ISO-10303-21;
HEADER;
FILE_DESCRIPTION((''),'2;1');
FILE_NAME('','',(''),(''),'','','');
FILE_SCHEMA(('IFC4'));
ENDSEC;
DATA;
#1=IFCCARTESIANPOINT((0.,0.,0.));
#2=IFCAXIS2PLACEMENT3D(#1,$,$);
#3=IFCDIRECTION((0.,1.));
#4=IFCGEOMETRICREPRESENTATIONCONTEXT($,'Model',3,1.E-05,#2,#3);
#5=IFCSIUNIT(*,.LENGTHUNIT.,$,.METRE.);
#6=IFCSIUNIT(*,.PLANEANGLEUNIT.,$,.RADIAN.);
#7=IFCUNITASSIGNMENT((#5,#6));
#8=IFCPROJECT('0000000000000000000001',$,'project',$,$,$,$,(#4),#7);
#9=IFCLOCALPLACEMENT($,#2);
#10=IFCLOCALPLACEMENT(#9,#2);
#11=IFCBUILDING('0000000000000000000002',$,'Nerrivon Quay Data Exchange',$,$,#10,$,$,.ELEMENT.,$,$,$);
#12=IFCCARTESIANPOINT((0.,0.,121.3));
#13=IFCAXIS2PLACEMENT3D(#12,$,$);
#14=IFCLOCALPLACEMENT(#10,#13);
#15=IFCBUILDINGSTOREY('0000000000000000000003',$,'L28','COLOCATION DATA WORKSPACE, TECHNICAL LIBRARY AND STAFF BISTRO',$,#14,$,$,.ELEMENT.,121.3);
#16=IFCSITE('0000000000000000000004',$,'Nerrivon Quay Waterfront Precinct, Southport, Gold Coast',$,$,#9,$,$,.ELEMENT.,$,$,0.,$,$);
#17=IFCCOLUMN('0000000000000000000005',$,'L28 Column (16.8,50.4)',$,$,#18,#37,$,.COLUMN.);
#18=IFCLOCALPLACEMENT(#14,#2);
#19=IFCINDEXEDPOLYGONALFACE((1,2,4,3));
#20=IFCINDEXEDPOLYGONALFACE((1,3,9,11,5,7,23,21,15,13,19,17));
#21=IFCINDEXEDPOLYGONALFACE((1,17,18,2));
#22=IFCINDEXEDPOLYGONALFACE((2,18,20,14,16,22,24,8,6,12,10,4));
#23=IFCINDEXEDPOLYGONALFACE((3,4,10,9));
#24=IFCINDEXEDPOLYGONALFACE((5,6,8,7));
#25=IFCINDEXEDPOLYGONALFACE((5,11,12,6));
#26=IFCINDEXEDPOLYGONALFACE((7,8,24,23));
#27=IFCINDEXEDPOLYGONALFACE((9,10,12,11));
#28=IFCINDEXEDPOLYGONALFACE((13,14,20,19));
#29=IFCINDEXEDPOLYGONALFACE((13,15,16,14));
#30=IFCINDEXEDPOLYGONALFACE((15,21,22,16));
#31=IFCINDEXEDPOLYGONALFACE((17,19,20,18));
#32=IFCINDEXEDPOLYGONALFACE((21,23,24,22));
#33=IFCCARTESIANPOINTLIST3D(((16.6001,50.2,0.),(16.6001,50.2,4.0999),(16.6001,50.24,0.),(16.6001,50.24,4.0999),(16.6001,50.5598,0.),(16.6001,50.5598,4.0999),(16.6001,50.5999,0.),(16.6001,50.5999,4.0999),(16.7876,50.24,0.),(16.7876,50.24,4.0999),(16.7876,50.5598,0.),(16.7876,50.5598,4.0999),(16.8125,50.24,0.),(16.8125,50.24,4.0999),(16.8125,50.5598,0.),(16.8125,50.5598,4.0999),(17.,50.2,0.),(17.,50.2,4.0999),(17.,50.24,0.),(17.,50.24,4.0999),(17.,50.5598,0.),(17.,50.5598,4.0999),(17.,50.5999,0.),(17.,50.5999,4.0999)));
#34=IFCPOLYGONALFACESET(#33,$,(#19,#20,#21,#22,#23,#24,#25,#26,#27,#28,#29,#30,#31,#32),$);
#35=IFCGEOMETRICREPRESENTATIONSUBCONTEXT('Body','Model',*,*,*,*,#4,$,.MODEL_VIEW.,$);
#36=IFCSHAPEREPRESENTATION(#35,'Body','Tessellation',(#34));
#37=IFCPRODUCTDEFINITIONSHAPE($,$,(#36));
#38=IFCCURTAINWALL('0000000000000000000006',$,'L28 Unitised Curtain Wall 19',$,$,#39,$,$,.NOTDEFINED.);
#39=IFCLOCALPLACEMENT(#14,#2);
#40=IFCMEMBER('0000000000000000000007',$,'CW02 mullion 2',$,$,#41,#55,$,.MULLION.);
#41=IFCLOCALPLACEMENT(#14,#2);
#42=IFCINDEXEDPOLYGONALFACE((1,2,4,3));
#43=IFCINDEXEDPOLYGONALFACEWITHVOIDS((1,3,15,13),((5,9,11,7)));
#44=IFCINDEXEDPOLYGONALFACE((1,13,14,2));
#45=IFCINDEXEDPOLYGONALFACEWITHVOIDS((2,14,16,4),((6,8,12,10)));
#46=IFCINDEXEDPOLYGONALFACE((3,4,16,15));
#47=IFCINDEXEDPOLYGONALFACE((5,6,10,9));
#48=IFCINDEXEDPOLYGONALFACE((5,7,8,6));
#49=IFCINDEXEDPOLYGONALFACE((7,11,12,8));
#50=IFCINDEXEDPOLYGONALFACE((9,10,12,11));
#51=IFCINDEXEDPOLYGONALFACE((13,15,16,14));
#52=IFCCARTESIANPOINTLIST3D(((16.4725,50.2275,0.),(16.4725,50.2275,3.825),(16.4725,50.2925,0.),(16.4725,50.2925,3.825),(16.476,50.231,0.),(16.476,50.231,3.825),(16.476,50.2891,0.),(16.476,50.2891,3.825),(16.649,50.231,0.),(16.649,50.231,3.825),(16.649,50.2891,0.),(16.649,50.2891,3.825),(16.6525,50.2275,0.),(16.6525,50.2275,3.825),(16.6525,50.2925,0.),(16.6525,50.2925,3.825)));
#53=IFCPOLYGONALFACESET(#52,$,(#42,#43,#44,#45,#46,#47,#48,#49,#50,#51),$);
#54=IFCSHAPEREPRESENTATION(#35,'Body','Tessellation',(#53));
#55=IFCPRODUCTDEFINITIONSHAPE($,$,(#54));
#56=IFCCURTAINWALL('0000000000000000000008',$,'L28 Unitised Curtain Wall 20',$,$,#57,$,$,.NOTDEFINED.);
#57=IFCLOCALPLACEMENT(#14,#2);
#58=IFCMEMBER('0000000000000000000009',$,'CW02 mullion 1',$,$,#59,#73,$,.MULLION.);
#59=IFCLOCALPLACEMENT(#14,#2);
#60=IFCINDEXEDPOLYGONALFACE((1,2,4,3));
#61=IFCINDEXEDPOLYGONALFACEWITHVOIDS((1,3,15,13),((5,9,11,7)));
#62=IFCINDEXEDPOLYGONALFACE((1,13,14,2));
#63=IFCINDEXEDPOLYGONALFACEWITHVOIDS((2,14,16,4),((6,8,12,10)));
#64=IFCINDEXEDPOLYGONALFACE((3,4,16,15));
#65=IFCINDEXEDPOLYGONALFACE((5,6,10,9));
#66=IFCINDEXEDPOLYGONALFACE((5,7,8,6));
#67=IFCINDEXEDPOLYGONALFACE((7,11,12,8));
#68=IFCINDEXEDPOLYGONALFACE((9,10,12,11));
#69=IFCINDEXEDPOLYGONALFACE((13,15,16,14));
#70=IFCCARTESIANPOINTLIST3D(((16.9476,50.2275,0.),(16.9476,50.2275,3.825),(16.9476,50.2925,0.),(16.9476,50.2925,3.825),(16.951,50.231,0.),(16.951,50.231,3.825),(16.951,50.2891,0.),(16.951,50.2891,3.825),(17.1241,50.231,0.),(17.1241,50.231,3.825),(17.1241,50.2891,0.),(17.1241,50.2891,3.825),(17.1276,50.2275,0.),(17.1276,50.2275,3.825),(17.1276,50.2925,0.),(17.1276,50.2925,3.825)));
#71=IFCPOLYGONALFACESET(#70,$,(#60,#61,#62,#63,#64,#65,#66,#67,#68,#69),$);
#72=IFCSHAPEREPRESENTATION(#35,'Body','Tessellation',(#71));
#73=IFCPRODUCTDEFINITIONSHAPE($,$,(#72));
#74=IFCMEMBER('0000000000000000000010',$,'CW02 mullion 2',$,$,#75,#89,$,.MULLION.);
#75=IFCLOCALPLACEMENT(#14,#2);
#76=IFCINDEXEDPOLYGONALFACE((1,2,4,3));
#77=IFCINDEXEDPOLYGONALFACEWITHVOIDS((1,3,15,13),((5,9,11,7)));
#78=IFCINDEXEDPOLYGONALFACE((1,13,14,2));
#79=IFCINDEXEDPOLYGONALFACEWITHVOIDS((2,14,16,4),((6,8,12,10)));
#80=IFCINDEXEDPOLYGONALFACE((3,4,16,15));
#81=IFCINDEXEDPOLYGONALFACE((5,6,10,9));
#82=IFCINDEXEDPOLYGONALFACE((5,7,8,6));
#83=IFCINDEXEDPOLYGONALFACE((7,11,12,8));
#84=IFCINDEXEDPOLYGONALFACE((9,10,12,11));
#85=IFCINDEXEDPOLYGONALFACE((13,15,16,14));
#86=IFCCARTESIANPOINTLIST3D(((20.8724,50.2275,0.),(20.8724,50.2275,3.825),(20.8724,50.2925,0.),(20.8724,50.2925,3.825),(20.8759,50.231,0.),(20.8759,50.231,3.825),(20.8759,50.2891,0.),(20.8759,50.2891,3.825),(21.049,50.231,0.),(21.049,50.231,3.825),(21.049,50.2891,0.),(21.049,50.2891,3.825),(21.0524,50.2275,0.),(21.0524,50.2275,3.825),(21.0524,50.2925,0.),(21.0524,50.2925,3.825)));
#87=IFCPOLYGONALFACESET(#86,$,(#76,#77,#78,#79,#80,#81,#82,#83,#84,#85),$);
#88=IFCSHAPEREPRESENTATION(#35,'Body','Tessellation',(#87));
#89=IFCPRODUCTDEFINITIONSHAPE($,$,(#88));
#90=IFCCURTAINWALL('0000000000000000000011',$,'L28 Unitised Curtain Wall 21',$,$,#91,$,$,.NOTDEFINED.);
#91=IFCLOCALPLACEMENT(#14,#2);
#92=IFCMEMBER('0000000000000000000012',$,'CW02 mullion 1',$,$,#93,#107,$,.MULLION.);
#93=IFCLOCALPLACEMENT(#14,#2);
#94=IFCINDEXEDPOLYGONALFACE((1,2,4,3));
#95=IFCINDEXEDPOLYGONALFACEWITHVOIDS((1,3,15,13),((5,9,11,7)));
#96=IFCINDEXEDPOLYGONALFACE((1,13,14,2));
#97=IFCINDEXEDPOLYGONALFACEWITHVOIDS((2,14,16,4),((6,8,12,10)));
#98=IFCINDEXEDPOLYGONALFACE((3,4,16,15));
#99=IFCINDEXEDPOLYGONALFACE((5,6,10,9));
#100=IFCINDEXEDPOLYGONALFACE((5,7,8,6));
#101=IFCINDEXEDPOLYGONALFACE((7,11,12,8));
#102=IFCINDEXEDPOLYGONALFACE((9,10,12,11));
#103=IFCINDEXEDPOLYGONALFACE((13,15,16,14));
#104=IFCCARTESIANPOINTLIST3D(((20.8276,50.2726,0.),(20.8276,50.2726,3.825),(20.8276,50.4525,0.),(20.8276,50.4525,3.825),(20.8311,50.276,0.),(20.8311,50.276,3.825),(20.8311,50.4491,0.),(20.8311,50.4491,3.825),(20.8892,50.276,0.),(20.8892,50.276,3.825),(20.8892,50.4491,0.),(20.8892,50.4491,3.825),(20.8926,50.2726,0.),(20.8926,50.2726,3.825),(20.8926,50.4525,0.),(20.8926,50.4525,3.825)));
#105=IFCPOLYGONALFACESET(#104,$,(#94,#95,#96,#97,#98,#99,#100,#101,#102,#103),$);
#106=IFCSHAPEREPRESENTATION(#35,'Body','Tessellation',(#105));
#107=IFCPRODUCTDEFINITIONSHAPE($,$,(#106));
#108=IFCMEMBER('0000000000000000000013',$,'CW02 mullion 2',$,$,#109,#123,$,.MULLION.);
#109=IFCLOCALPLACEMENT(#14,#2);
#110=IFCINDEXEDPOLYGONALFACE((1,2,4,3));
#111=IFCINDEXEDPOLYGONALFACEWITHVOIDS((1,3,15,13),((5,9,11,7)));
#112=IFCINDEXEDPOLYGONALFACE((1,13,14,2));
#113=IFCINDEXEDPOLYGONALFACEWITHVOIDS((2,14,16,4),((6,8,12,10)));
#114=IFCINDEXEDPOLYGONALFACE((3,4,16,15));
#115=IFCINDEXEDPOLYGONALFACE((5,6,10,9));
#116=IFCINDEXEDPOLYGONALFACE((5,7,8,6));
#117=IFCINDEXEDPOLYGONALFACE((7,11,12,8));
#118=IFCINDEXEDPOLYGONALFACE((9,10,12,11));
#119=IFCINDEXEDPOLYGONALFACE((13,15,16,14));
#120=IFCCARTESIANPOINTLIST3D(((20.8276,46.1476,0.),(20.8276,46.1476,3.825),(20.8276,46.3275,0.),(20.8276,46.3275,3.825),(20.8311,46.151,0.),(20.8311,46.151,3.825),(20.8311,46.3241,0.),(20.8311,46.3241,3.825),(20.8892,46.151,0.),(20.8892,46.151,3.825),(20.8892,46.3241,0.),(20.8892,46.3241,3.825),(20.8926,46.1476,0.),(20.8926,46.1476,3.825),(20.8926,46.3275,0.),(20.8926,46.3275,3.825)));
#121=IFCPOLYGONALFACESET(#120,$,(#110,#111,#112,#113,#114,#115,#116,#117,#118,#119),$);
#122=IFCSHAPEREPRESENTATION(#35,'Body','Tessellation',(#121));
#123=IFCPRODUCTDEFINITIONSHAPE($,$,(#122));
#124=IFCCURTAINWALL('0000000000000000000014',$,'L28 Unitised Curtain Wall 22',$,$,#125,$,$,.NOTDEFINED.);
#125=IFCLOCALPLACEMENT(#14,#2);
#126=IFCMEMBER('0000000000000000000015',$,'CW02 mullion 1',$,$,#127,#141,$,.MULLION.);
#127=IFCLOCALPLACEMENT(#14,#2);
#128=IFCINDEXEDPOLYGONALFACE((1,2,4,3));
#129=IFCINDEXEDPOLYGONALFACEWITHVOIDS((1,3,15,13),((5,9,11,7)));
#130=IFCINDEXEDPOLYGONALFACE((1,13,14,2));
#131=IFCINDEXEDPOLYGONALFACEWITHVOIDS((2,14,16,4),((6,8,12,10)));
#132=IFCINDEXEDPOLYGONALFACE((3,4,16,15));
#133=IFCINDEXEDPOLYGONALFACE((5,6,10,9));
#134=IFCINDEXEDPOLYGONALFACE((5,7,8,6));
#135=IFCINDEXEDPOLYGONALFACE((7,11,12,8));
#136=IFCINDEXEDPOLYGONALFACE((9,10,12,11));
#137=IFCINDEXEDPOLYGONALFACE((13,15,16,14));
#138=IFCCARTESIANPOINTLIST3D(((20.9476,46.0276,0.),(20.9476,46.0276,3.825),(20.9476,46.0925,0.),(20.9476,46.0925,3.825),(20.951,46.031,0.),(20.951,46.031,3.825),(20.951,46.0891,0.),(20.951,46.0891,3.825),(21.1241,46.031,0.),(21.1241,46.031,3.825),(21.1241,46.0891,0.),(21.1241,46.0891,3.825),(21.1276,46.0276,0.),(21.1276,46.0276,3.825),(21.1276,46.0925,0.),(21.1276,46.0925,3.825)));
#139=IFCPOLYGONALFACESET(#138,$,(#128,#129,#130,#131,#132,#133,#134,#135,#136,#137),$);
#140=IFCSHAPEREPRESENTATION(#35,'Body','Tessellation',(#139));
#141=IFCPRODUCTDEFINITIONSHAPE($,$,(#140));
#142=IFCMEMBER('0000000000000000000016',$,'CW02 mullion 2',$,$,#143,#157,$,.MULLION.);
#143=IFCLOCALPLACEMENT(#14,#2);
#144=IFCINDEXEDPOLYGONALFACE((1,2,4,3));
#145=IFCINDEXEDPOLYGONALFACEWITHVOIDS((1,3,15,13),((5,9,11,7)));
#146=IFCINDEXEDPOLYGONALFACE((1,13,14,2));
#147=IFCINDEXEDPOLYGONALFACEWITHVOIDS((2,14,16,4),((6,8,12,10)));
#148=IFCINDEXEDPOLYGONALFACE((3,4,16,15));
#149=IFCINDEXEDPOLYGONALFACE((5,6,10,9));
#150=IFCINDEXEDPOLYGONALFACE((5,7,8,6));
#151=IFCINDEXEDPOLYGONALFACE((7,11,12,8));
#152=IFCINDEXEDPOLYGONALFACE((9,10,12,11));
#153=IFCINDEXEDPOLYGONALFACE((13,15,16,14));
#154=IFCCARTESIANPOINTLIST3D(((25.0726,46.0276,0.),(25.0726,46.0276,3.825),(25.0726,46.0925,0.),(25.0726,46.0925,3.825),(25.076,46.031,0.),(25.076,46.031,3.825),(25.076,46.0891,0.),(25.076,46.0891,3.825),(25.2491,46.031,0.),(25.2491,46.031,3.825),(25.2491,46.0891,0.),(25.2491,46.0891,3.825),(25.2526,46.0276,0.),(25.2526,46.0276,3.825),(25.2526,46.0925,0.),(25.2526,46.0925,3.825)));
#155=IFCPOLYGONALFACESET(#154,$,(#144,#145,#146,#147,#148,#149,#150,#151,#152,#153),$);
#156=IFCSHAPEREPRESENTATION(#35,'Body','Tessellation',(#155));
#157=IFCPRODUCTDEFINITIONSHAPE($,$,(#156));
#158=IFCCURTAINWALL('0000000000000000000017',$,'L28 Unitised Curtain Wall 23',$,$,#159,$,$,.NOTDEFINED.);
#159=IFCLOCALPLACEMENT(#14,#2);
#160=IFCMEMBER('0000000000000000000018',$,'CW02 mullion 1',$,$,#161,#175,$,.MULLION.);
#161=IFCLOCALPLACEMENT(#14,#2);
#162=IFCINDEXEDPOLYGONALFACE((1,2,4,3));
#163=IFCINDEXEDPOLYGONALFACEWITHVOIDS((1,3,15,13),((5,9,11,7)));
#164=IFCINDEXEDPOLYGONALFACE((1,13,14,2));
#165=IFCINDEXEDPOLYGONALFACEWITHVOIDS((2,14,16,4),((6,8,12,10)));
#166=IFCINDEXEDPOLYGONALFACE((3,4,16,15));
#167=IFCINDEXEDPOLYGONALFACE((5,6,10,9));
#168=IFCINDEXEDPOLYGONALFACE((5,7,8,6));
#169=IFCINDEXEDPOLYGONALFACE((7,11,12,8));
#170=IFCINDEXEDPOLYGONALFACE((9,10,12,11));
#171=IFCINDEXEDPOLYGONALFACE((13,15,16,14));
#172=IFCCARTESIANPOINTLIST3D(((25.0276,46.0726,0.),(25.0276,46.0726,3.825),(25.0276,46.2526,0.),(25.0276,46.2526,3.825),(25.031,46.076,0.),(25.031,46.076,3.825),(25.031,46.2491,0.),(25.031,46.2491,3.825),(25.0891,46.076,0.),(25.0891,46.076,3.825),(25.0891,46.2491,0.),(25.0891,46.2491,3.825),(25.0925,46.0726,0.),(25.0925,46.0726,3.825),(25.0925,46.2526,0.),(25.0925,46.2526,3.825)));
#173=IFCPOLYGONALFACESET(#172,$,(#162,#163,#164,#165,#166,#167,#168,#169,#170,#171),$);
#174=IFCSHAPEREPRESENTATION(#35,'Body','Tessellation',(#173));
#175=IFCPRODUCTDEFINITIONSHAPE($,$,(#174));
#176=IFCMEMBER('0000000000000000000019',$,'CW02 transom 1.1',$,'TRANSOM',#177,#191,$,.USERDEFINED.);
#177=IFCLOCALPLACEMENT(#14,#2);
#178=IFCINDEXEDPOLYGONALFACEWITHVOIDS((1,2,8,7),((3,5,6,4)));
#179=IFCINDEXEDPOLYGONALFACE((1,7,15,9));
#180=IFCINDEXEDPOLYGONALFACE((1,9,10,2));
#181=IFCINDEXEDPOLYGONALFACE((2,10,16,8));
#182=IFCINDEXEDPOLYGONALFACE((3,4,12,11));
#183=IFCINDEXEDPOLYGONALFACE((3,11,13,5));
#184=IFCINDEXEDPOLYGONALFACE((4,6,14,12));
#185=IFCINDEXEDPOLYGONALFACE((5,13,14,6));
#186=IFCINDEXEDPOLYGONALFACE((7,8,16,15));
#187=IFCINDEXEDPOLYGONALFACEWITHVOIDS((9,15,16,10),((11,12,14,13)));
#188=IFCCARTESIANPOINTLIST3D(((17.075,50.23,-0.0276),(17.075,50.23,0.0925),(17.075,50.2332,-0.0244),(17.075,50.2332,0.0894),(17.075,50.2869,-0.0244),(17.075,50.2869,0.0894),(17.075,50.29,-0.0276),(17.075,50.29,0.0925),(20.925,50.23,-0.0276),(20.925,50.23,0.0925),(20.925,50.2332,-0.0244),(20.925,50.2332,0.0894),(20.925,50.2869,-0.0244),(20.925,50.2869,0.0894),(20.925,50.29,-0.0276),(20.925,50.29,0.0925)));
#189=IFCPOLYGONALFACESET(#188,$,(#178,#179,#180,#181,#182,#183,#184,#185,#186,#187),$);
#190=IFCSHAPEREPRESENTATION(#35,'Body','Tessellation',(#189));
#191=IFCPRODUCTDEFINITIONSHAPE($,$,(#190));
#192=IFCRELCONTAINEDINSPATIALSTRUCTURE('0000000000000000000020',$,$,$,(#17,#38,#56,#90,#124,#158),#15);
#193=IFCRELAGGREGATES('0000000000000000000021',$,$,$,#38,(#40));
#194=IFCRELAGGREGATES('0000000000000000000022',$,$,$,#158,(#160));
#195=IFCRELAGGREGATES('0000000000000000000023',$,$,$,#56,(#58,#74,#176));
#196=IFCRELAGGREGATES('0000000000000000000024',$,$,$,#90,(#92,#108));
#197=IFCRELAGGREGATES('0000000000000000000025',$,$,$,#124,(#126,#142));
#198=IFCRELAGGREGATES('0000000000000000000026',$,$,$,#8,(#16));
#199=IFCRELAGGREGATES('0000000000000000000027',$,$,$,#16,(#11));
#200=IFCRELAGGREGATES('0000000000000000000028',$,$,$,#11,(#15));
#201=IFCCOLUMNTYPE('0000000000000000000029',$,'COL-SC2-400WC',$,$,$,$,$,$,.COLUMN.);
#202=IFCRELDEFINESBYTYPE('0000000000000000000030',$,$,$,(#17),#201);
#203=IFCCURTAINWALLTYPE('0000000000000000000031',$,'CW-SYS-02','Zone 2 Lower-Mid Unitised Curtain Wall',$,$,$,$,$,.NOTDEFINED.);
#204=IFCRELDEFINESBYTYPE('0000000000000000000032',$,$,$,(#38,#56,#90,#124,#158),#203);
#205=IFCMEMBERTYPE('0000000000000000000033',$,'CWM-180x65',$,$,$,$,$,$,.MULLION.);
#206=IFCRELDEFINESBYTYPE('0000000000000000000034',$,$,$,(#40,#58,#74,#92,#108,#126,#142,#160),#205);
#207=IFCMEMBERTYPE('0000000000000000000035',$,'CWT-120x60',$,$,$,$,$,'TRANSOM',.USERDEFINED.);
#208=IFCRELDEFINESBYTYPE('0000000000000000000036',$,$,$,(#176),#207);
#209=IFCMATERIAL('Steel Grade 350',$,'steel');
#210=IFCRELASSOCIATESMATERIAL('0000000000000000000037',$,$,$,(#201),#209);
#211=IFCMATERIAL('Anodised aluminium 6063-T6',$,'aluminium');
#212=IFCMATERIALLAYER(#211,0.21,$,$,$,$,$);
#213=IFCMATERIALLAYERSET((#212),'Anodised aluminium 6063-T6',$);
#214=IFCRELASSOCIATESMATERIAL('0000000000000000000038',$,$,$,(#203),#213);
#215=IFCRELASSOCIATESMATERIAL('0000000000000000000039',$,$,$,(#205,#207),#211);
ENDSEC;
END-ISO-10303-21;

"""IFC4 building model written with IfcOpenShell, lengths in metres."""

from ifc_helpers import new_model, si_unit, direction, frame, origin, origin_2d, place, context, subcontext, project, spatial, hollow_rectangle, i_section, extrude, material, layer, layer_set, material_profile, profile_set, type_object, element, aggregate, save


model = new_model("IFC4")

# Units and contexts
model_context = context("Model", 3, precision=1e-05, world=origin(), true_north=direction((0.0, 1.0)))
body_context = subcontext(model_context, "Body", "Model", "MODEL_VIEW")
ifc_project = project(units=[si_unit("LENGTHUNIT", "METRE"), si_unit("PLANEANGLEUNIT", "RADIAN")], contexts=[model_context])

# Site, building, storey
site_placement = place(None, origin())
site = spatial("IfcSite", under=ifc_project, at=site_placement, Name="Nerrivon Quay Waterfront Precinct, Southport, Gold Coast", CompositionType="ELEMENT", RefElevation=0.0)
building_placement = place(site_placement, origin())
building = spatial("IfcBuilding", under=site, at=building_placement, Name="Nerrivon Quay Data Exchange", CompositionType="ELEMENT")
storey_placement = place(building_placement, frame((0.0, 0.0, 121.3)))
storey = spatial("IfcBuildingStorey", under=building, at=storey_placement, Name="L28", Description="COLOCATION DATA WORKSPACE, TECHNICAL LIBRARY AND STAFF BISTRO", CompositionType="ELEMENT", Elevation=121.3)

# Column
ifc_material_1 = material(Name="Steel Grade 350", Category="steel")
ifc_material_profile_1 = material_profile(ifc_material_1, i_section(OverallWidth=0.3999, OverallDepth=0.3999, WebThickness=0.0249, FlangeThickness=0.04, at=origin_2d()), Name="400WC328")
ifc_profile_set_1 = profile_set([ifc_material_profile_1], Name="Steel Grade 350")
column_type = type_object("IfcColumnType", Name="COL-SC2-400WC", PredefinedType="COLUMN", material=ifc_profile_set_1)
column_placement = place(storey_placement, frame((16.8, 50.3999, 0.0), z_axis=(0.0, 0.0, 1.0), x_axis=(1.0, 0.0, 0.0)))
element("IfcColumn", 1, at=column_placement, inside=storey, type_object=column_type, Name="L28 Column (16.8,50.4)", PredefinedType="COLUMN", context=body_context, shape_type="SweptSolid", body=[
    extrude(i_section(OverallWidth=0.3999, OverallDepth=0.3999, WebThickness=0.0249, FlangeThickness=0.04, at=origin_2d()), origin(), (0.0, 0.0, 1.0), 4.0999),
])

# Curtain wall, member
ifc_material_2 = material(Name="Anodised aluminium 6063-T6", Category="aluminium")
ifc_layer_1 = layer(ifc_material_2, 0.21)
ifc_layer_set_1 = layer_set([ifc_layer_1], Name="Anodised aluminium 6063-T6")
curtain_wall_type = type_object("IfcCurtainWallType", Name="CW-SYS-02", Description="Zone 2 Lower-Mid Unitised Curtain Wall", PredefinedType="NOTDEFINED", material=ifc_layer_set_1)
curtain_wall_1_placement = place(storey_placement, origin())
curtain_wall_1 = element("IfcCurtainWall", 2, at=curtain_wall_1_placement, inside=storey, type_object=curtain_wall_type, Name="L28 Unitised Curtain Wall 19", PredefinedType="NOTDEFINED")
ifc_material_profile_2 = material_profile(ifc_material_2, hollow_rectangle(XDim=0.0649, YDim=0.1799, WallThickness=0.0034, at=origin_2d()), Name="ALU-MULL-180x65")
ifc_profile_set_2 = profile_set([ifc_material_profile_2], Name="Anodised aluminium 6063-T6")
member_type_1 = type_object("IfcMemberType", Name="CWM-180x65", PredefinedType="MULLION", material=ifc_profile_set_2)
member_1_placement = place(storey_placement, frame((16.5625, 50.26, 0.0), z_axis=(0.0, 0.0, 1.0), x_axis=(0.0, 1.0, 0.0)))
member_1 = element("IfcMember", 3, at=member_1_placement, type_object=member_type_1, Name="CW02 mullion 2", PredefinedType="MULLION", context=body_context, shape_type="SweptSolid", body=[
    extrude(hollow_rectangle(XDim=0.0649, YDim=0.1799, WallThickness=0.0034, at=origin_2d()), origin(), (0.0, 0.0, 1.0), 3.825),
])
aggregate(curtain_wall_1, [member_1])

# Curtain walls, members
curtain_wall_2_placement = place(storey_placement, origin())
curtain_wall_2 = element("IfcCurtainWall", 4, at=curtain_wall_2_placement, inside=storey, type_object=curtain_wall_type, Name="L28 Unitised Curtain Wall 20", PredefinedType="NOTDEFINED")
member_2_placement = place(storey_placement, frame((17.0376, 50.26, 0.0), z_axis=(0.0, 0.0, 1.0), x_axis=(0.0, 1.0, 0.0)))
member_2 = element("IfcMember", 5, at=member_2_placement, type_object=member_type_1, Name="CW02 mullion 1", PredefinedType="MULLION", context=body_context, shape_type="SweptSolid", body=[
    extrude(hollow_rectangle(XDim=0.0649, YDim=0.1799, WallThickness=0.0034, at=origin_2d()), origin(), (0.0, 0.0, 1.0), 3.825),
])
member_3_placement = place(storey_placement, frame((20.9624, 50.26, 0.0), z_axis=(0.0, 0.0, 1.0), x_axis=(0.0, 1.0, 0.0)))
member_3 = element("IfcMember", 6, at=member_3_placement, type_object=member_type_1, Name="CW02 mullion 2", PredefinedType="MULLION", context=body_context, shape_type="SweptSolid", body=[
    extrude(hollow_rectangle(XDim=0.0649, YDim=0.1799, WallThickness=0.0034, at=origin_2d()), origin(), (0.0, 0.0, 1.0), 3.825),
])
curtain_wall_3_placement = place(storey_placement, origin())
curtain_wall_3 = element("IfcCurtainWall", 7, at=curtain_wall_3_placement, inside=storey, type_object=curtain_wall_type, Name="L28 Unitised Curtain Wall 21", PredefinedType="NOTDEFINED")
member_4_placement = place(storey_placement, frame((20.8601, 50.3625, 0.0), z_axis=(0.0, 0.0, 1.0), x_axis=(1.0, 0.0, 0.0)))
member_4 = element("IfcMember", 8, at=member_4_placement, type_object=member_type_1, Name="CW02 mullion 1", PredefinedType="MULLION", context=body_context, shape_type="SweptSolid", body=[
    extrude(hollow_rectangle(XDim=0.0649, YDim=0.1799, WallThickness=0.0034, at=origin_2d()), origin(), (0.0, 0.0, 1.0), 3.825),
])
member_5_placement = place(storey_placement, frame((20.8601, 46.2375, 0.0), z_axis=(0.0, 0.0, 1.0), x_axis=(1.0, 0.0, 0.0)))
member_5 = element("IfcMember", 9, at=member_5_placement, type_object=member_type_1, Name="CW02 mullion 2", PredefinedType="MULLION", context=body_context, shape_type="SweptSolid", body=[
    extrude(hollow_rectangle(XDim=0.0649, YDim=0.1799, WallThickness=0.0034, at=origin_2d()), origin(), (0.0, 0.0, 1.0), 3.825),
])
curtain_wall_4_placement = place(storey_placement, origin())
curtain_wall_4 = element("IfcCurtainWall", 10, at=curtain_wall_4_placement, inside=storey, type_object=curtain_wall_type, Name="L28 Unitised Curtain Wall 22", PredefinedType="NOTDEFINED")
member_6_placement = place(storey_placement, frame((21.0376, 46.0601, 0.0), z_axis=(0.0, 0.0, 1.0), x_axis=(0.0, 1.0, 0.0)))
member_6 = element("IfcMember", 11, at=member_6_placement, type_object=member_type_1, Name="CW02 mullion 1", PredefinedType="MULLION", context=body_context, shape_type="SweptSolid", body=[
    extrude(hollow_rectangle(XDim=0.0649, YDim=0.1799, WallThickness=0.0034, at=origin_2d()), origin(), (0.0, 0.0, 1.0), 3.825),
])
member_7_placement = place(storey_placement, frame((25.1626, 46.0601, 0.0), z_axis=(0.0, 0.0, 1.0), x_axis=(0.0, 1.0, 0.0)))
member_7 = element("IfcMember", 12, at=member_7_placement, type_object=member_type_1, Name="CW02 mullion 2", PredefinedType="MULLION", context=body_context, shape_type="SweptSolid", body=[
    extrude(hollow_rectangle(XDim=0.0649, YDim=0.1799, WallThickness=0.0034, at=origin_2d()), origin(), (0.0, 0.0, 1.0), 3.825),
])

# Curtain wall, member
curtain_wall_5_placement = place(storey_placement, origin())
curtain_wall_5 = element("IfcCurtainWall", 13, at=curtain_wall_5_placement, inside=storey, type_object=curtain_wall_type, Name="L28 Unitised Curtain Wall 23", PredefinedType="NOTDEFINED")
member_8_placement = place(storey_placement, frame((25.0601, 46.1626, 0.0), z_axis=(0.0, 0.0, 1.0), x_axis=(1.0, 0.0, 0.0)))
member_8 = element("IfcMember", 14, at=member_8_placement, type_object=member_type_1, Name="CW02 mullion 1", PredefinedType="MULLION", context=body_context, shape_type="SweptSolid", body=[
    extrude(hollow_rectangle(XDim=0.0649, YDim=0.1799, WallThickness=0.0034, at=origin_2d()), origin(), (0.0, 0.0, 1.0), 3.825),
])

# Member
ifc_material_profile_3 = material_profile(ifc_material_2, hollow_rectangle(XDim=0.0601, YDim=0.1201, WallThickness=0.0032, at=origin_2d()), Name="ALU-TRAN-120x60")
ifc_profile_set_3 = profile_set([ifc_material_profile_3], Name="Anodised aluminium 6063-T6")
member_type_2 = type_object("IfcMemberType", Name="CWT-120x60", ElementType="TRANSOM", PredefinedType="USERDEFINED", material=ifc_profile_set_3)
member_9_placement = place(storey_placement, frame((17.075, 50.26, 0.0325), z_axis=(1.0, 0.0, 0.0), x_axis=(0.0, 1.0, 0.0)))
member_9 = element("IfcMember", 15, at=member_9_placement, type_object=member_type_2, Name="CW02 transom 1.1", ObjectType="TRANSOM", PredefinedType="USERDEFINED", context=body_context, shape_type="SweptSolid", body=[
    extrude(hollow_rectangle(XDim=0.0601, YDim=0.1201, WallThickness=0.0032, at=origin_2d()), origin(), (0.0, 0.0, 1.0), 3.8501),
])
aggregate(curtain_wall_5, [member_8])

aggregate(curtain_wall_2, [member_2, member_3, member_9])
aggregate(curtain_wall_3, [member_4, member_5])
aggregate(curtain_wall_4, [member_6, member_7])

save(model, "model.ifc")
